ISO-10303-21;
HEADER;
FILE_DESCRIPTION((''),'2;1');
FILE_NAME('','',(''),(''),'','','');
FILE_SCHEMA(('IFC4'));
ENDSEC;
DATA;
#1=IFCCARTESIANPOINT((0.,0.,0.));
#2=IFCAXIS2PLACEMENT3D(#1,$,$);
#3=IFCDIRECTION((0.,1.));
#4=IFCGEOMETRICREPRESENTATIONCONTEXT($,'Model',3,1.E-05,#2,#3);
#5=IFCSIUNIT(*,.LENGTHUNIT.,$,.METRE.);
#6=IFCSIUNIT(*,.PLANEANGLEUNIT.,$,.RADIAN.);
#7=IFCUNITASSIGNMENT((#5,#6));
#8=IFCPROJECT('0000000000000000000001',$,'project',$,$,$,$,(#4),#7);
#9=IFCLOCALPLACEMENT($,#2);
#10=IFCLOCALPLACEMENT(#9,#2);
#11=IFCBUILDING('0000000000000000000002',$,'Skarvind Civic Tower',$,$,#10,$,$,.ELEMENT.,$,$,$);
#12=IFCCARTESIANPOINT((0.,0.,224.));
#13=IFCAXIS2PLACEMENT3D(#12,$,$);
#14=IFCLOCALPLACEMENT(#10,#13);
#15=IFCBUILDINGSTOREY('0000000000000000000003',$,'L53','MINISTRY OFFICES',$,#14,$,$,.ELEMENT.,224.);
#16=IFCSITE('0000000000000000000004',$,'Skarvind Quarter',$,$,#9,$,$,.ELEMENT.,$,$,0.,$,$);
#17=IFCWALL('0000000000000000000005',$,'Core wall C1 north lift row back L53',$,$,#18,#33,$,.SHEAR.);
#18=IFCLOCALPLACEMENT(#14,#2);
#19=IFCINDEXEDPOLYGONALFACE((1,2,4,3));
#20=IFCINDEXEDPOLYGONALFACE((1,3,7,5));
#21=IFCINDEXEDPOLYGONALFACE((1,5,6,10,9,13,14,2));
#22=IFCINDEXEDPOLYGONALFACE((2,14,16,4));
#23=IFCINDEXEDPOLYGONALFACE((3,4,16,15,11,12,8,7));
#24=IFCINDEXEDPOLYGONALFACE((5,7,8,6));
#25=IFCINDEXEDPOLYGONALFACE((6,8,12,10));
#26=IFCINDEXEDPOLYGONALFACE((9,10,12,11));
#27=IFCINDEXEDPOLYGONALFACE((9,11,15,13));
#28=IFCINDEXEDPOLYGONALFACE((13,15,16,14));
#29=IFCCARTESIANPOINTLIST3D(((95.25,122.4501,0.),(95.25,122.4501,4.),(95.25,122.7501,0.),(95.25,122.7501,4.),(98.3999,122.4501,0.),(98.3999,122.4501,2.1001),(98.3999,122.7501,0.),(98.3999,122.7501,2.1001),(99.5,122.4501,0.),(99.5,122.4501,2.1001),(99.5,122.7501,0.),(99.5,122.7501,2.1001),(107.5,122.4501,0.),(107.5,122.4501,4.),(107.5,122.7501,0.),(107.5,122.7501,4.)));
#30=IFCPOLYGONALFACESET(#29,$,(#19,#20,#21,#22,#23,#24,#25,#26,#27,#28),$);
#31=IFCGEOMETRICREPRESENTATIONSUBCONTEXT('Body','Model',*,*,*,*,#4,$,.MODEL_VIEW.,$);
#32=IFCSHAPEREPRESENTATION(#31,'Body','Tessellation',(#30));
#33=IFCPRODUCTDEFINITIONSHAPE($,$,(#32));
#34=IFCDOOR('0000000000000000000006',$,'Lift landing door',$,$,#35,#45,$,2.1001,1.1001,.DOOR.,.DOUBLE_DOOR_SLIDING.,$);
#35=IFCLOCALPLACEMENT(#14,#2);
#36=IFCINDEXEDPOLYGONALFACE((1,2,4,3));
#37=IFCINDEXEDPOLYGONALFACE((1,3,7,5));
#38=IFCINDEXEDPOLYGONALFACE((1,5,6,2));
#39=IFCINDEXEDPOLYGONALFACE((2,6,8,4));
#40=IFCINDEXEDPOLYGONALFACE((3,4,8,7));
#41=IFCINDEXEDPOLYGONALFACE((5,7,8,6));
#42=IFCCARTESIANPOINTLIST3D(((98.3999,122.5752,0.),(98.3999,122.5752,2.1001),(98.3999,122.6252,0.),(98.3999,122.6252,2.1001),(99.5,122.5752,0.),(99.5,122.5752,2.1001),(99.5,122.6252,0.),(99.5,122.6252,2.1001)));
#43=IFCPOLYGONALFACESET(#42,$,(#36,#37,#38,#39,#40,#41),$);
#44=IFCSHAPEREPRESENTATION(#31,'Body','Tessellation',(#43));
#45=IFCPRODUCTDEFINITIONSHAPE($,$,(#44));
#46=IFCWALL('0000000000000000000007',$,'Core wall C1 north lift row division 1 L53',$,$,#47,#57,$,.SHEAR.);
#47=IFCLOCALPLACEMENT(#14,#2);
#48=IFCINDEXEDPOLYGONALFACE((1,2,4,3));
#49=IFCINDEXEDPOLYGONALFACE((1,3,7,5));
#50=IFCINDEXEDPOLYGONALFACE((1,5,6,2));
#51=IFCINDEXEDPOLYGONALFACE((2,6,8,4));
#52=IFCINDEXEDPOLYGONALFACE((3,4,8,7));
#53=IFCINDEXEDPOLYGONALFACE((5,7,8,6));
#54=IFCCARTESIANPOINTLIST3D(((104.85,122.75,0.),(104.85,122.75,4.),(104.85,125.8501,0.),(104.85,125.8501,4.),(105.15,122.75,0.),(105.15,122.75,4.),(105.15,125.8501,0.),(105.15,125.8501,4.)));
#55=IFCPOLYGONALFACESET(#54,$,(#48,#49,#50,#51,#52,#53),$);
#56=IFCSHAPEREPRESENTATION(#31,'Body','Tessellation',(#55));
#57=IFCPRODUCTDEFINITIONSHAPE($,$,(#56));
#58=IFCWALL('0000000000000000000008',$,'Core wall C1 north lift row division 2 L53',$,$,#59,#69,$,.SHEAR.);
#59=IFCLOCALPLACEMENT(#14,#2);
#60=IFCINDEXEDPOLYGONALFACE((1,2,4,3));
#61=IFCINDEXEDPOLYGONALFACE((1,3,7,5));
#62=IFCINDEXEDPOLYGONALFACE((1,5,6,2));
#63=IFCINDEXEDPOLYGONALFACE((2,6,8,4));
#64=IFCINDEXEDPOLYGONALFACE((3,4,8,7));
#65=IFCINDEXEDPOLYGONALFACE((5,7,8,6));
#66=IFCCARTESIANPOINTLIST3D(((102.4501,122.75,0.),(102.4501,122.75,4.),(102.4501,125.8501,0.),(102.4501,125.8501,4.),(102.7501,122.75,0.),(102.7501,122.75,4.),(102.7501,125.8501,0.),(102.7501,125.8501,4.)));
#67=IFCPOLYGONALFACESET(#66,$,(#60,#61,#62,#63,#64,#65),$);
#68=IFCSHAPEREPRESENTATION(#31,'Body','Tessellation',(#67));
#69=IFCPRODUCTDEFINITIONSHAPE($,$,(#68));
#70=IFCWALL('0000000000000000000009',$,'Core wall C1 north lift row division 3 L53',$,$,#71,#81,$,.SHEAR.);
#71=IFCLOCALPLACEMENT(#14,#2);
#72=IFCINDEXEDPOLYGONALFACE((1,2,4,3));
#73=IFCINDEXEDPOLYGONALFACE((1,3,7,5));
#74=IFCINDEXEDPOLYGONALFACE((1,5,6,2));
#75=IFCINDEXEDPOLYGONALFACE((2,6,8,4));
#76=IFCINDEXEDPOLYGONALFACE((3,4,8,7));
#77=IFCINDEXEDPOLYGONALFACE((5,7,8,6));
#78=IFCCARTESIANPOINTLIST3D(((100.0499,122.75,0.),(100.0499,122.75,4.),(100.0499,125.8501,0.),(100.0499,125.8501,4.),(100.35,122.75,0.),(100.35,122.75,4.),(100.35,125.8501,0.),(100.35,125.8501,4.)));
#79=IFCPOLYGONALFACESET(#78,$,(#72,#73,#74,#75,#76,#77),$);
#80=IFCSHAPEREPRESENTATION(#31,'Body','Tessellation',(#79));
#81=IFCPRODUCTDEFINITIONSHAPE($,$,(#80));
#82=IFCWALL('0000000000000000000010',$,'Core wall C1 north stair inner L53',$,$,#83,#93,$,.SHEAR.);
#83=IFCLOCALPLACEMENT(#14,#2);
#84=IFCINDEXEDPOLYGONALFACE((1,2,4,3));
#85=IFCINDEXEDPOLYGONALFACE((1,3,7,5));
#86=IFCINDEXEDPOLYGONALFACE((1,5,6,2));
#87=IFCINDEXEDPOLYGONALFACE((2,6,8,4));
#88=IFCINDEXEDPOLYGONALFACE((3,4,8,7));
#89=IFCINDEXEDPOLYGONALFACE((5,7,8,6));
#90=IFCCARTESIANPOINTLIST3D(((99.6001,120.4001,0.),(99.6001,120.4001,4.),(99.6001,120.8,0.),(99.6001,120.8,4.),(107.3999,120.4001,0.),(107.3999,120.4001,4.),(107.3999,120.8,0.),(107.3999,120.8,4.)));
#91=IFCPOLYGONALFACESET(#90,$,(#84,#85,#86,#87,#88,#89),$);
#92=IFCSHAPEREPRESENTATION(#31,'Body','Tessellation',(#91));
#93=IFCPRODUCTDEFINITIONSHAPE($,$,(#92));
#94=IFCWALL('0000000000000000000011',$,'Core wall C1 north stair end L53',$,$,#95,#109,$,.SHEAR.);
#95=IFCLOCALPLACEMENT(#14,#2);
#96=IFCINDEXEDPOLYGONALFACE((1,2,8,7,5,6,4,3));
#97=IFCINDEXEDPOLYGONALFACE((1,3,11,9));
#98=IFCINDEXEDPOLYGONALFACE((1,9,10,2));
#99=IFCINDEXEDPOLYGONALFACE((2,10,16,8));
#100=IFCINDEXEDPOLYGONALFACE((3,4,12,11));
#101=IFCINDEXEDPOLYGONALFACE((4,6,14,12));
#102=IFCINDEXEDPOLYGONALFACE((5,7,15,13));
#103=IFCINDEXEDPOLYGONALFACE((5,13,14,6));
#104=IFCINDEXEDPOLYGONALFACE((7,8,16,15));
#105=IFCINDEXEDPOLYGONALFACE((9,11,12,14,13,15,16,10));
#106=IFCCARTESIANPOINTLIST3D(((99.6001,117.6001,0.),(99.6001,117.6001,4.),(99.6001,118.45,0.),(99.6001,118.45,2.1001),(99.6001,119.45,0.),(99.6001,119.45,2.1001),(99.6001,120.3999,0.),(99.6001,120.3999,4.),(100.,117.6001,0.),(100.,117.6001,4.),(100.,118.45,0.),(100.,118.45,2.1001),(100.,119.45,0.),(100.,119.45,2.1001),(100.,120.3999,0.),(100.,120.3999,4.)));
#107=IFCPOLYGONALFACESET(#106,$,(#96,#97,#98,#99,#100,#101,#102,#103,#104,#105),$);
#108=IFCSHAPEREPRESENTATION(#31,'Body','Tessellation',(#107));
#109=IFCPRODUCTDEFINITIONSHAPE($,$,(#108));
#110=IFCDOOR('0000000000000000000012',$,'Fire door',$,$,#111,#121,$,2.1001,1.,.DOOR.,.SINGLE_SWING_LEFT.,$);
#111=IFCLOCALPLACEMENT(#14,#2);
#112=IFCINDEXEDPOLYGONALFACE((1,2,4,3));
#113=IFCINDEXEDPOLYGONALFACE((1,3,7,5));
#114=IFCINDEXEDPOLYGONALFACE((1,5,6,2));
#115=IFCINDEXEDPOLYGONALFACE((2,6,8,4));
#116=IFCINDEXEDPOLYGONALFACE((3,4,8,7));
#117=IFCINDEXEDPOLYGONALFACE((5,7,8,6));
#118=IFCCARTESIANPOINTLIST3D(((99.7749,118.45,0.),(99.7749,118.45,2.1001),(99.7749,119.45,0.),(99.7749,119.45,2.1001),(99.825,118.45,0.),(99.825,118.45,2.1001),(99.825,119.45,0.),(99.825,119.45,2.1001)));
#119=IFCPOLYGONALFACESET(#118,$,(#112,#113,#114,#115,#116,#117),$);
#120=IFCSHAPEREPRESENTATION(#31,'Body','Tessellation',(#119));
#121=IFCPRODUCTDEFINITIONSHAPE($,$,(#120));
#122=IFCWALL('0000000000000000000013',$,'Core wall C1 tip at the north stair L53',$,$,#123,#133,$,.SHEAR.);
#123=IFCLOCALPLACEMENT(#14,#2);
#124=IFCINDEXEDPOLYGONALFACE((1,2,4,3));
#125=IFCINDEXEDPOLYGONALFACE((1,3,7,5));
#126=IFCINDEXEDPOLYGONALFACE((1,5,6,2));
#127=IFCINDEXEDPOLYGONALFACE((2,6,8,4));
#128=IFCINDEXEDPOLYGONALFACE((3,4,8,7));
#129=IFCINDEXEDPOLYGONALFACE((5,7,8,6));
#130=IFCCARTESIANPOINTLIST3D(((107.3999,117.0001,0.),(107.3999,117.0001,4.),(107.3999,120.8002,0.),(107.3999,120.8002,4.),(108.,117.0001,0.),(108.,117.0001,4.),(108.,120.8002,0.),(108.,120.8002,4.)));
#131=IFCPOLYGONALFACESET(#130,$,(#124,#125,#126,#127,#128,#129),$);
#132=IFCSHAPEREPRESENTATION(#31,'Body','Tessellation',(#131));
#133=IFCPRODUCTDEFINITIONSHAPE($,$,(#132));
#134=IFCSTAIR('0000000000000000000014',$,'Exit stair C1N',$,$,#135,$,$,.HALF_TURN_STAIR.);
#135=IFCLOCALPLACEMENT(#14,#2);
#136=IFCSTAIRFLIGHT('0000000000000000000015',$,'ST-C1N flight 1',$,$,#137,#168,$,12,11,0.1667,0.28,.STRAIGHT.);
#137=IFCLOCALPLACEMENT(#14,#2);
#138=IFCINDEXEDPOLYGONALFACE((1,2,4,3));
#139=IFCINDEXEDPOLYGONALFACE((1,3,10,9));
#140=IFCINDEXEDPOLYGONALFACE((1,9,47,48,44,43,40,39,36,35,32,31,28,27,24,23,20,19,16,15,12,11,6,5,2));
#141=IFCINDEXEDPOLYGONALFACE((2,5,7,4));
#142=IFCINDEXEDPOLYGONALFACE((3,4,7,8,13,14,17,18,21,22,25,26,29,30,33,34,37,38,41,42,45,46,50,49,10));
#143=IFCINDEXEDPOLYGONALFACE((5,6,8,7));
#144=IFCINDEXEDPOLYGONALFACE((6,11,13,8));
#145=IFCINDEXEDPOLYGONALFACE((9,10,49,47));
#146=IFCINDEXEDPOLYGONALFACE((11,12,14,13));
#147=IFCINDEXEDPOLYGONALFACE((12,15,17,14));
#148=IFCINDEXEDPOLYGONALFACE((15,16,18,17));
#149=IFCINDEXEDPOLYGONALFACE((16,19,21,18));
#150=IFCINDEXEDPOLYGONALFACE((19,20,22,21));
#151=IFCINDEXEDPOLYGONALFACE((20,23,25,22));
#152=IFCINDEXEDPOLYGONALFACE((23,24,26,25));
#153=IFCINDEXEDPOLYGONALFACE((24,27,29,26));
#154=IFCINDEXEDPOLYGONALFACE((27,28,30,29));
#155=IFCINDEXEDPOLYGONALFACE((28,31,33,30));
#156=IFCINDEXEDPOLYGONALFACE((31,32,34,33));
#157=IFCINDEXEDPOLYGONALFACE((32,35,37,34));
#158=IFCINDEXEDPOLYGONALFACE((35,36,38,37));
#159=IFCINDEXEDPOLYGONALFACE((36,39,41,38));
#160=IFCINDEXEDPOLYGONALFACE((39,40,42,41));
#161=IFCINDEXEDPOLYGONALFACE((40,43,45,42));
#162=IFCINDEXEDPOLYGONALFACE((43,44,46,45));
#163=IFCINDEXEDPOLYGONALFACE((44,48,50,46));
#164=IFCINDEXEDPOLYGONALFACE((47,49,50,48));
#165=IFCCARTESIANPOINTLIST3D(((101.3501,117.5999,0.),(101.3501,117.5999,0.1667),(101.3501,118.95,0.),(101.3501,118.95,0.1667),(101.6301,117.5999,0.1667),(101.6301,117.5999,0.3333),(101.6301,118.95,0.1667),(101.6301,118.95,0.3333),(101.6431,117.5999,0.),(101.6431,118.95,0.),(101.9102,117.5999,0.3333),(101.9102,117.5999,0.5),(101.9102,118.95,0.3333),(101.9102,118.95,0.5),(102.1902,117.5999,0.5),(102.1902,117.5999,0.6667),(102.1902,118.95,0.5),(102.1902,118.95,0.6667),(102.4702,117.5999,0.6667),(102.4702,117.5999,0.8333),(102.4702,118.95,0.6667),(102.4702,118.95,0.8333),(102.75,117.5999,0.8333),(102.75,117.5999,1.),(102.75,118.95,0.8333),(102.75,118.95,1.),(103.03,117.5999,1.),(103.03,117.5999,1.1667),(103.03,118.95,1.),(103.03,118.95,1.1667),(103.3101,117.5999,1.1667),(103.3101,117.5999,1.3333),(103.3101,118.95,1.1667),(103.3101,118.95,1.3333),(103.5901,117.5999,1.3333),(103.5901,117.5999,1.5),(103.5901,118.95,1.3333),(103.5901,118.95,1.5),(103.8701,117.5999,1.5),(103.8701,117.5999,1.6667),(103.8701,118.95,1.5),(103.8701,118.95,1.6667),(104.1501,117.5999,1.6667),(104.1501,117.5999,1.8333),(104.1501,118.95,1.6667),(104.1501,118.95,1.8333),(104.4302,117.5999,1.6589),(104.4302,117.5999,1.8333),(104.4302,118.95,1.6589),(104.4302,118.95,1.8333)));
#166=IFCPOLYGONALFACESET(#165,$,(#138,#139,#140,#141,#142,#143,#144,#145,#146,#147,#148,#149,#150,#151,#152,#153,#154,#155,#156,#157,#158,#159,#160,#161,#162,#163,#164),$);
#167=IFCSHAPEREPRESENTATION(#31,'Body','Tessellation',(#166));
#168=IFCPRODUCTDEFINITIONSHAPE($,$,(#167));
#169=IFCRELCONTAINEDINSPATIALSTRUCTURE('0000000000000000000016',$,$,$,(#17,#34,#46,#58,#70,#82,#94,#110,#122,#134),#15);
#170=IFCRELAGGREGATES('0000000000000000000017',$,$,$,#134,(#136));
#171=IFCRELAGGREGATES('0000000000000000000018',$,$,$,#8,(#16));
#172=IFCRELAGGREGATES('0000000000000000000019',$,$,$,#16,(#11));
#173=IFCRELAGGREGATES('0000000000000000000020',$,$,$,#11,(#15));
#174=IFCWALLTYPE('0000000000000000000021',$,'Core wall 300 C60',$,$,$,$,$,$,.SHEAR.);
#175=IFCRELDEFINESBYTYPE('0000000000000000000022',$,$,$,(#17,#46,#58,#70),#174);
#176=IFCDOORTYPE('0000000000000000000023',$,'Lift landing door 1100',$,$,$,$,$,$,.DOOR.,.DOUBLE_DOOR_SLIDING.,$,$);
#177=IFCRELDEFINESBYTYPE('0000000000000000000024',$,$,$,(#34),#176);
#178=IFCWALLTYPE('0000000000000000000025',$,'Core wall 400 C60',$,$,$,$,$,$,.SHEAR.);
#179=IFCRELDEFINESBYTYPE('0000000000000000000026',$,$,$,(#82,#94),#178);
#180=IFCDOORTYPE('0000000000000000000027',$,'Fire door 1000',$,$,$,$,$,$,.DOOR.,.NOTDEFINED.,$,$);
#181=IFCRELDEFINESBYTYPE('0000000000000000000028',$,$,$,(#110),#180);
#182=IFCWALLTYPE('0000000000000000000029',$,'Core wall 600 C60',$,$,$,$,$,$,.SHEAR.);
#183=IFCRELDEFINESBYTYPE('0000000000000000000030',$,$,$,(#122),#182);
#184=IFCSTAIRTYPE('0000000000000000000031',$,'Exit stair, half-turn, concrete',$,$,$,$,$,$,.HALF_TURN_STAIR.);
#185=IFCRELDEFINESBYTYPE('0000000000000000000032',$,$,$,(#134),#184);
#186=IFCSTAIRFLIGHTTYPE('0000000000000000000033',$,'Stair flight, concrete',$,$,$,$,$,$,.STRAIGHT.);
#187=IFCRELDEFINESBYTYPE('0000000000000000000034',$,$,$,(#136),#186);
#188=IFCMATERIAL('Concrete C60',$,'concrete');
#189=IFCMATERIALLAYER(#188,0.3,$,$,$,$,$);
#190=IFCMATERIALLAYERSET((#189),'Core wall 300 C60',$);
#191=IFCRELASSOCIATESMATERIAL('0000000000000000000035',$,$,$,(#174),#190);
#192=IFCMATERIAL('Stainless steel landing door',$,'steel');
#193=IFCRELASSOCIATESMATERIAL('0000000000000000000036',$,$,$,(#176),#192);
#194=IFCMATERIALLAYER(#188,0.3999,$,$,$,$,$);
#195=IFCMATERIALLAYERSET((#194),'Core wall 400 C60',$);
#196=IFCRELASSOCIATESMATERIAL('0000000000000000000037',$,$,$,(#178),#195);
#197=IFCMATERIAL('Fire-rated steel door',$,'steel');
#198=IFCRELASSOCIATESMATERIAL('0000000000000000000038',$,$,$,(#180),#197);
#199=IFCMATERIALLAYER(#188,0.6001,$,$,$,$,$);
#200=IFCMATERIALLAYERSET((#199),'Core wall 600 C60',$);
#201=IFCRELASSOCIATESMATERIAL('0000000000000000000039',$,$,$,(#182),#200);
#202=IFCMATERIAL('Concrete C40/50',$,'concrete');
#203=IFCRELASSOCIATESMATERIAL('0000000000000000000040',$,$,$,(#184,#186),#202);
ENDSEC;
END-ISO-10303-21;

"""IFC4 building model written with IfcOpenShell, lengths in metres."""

from ifc_helpers import new_model, si_unit, direction, frame, frame_2d, origin, place, context, subcontext, project, spatial, polyline, rectangle, outline, extrude, material, layer, layer_set, type_object, element, fill, aggregate, save


model = new_model("IFC4")

# Units and contexts
model_context = context("Model", 3, precision=1e-05, world=origin(), true_north=direction((0.0, 1.0)))
body_context = subcontext(model_context, "Body", "Model", "MODEL_VIEW")
ifc_project = project(units=[si_unit("LENGTHUNIT", "METRE"), si_unit("PLANEANGLEUNIT", "RADIAN")], contexts=[model_context])

# Site, building, storey
site_placement = place(None, origin())
site = spatial("IfcSite", under=ifc_project, at=site_placement, Name="Skarvind Quarter", CompositionType="ELEMENT", RefElevation=0.0)
building_placement = place(site_placement, origin())
building = spatial("IfcBuilding", under=site, at=building_placement, Name="Skarvind Civic Tower", CompositionType="ELEMENT")
storey_placement = place(building_placement, frame((0.0, 0.0, 224.0)))
storey = spatial("IfcBuildingStorey", under=building, at=storey_placement, Name="L53", Description="MINISTRY OFFICES", CompositionType="ELEMENT", Elevation=224.0)

# Shared definitions
ifc_material_1 = material(Name="Concrete C60", Category="concrete")
ifc_layer_1 = layer(ifc_material_1, 0.3)
ifc_layer_set_1 = layer_set([ifc_layer_1], Name="Core wall 300 C60")
wall_type_1 = type_object("IfcWallType", Name="Core wall 300 C60", PredefinedType="SHEAR", material=ifc_layer_set_1)
ifc_material_2 = material(Name="Fire-rated steel door", Category="steel")

# Shared definitions
ifc_material_3 = material(Name="Stainless steel landing door", Category="steel")
door_type_1 = type_object("IfcDoorType", Name="Lift landing door 1100", OperationType="DOUBLE_DOOR_SLIDING", PredefinedType="DOOR", material=ifc_material_3)

# Wall, opening, door
wall_1_placement = place(storey_placement, frame((107.5, 122.6001, 0.0), z_axis=(0.0, 0.0, 1.0), x_axis=(-1.0, 0.0, 0.0)))
wall_1 = element("IfcWall", 1, at=wall_1_placement, inside=storey, type_object=wall_type_1, Name="Core wall C1 north lift row back L53", PredefinedType="SHEAR", context=body_context, shape_type="SweptSolid", body=[
    extrude(rectangle(XDim=12.25, YDim=0.3, at=frame_2d((6.125, 0.0))), origin(), (0.0, 0.0, 1.0), 4.0),
])
opening_1_placement = place(wall_1_placement, frame((8.0, 0.0, 0.0)))
opening_1 = element("IfcOpeningElement", 2, at=opening_1_placement, cuts=wall_1, PredefinedType="OPENING", context=body_context, shape_type="SweptSolid", body=[
    extrude(rectangle(XDim=1.1001, YDim=2.1001, at=frame_2d((0.55, 1.05))), frame((0.0, 0.1599, 0.0), z_axis=(0.0, -1.0, 0.0), x_axis=(1.0, 0.0, 0.0)), (0.0, 0.0, 1.0), 0.3201),
])
door_1_placement = place(opening_1_placement, origin())
door_1 = element("IfcDoor", 3, at=door_1_placement, inside=storey, type_object=door_type_1, Name="Lift landing door", OperationType="DOUBLE_DOOR_SLIDING", OverallHeight=2.1001, OverallWidth=1.1001, PredefinedType="DOOR", context=body_context, shape_type="SweptSolid", body=[
    extrude(rectangle(XDim=1.1001, YDim=2.1001, at=frame_2d((0.55, 1.05))), frame((0.0, 0.0249, 0.0), z_axis=(0.0, -1.0, 0.0), x_axis=(1.0, 0.0, 0.0)), (0.0, 0.0, 1.0), 0.05),
])
fill(opening_1, door_1)

# Walls
for number, where, z_axis, x_axis, name in (
    (4, (105.0, 125.8501, 0.0), (0.0, 0.0, 1.0), (0.0, -1.0, 0.0), "Core wall C1 north lift row division 1 L53"),
    (5, (102.6001, 125.8501, 0.0), (0.0, 0.0, 1.0), (0.0, -1.0, 0.0), "Core wall C1 north lift row division 2 L53"),
    (6, (100.2, 125.8501, 0.0), (0.0, 0.0, 1.0), (0.0, -1.0, 0.0), "Core wall C1 north lift row division 3 L53"),
):
    element("IfcWall", number, at=place(storey_placement, frame(where, z_axis=z_axis, x_axis=x_axis)), inside=storey, type_object=wall_type_1, Name=name, PredefinedType="SHEAR", context=body_context, shape_type="SweptSolid", body=[
        extrude(rectangle(XDim=3.1001, YDim=0.3, at=frame_2d((1.55, 0.0))), origin(), (0.0, 0.0, 1.0), 4.0),
    ])
ifc_layer_2 = layer(ifc_material_1, 0.3999)
ifc_layer_set_2 = layer_set([ifc_layer_2], Name="Core wall 400 C60")
wall_type_2 = type_object("IfcWallType", Name="Core wall 400 C60", PredefinedType="SHEAR", material=ifc_layer_set_2)
wall_2_placement = place(storey_placement, frame((107.3999, 120.6001, 0.0), z_axis=(0.0, 0.0, 1.0), x_axis=(-1.0, 0.0, 0.0)))
element("IfcWall", 7, at=wall_2_placement, inside=storey, type_object=wall_type_2, Name="Core wall C1 north stair inner L53", PredefinedType="SHEAR", context=body_context, shape_type="SweptSolid", body=[
    extrude(rectangle(XDim=7.7998, YDim=0.3999, at=frame_2d((3.8999, 0.0))), origin(), (0.0, 0.0, 1.0), 4.0),
])

# Wall, opening, door
wall_3_placement = place(storey_placement, frame((99.8, 120.3999, 0.0), z_axis=(0.0, 0.0, 1.0), x_axis=(0.0, -1.0, 0.0)))
wall_3 = element("IfcWall", 8, at=wall_3_placement, inside=storey, type_object=wall_type_2, Name="Core wall C1 north stair end L53", PredefinedType="SHEAR", context=body_context, shape_type="SweptSolid", body=[
    extrude(rectangle(XDim=2.7998, YDim=0.3999, at=frame_2d((1.3999, 0.0))), origin(), (0.0, 0.0, 1.0), 4.0),
])
opening_2_placement = place(wall_3_placement, frame((0.95, 0.0, 0.0)))
opening_2 = element("IfcOpeningElement", 9, at=opening_2_placement, cuts=wall_3, PredefinedType="OPENING", context=body_context, shape_type="SweptSolid", body=[
    extrude(rectangle(XDim=1.0, YDim=2.1001, at=frame_2d((0.5, 1.05))), frame((0.0, 0.21, 0.0), z_axis=(0.0, -1.0, 0.0), x_axis=(1.0, 0.0, 0.0)), (0.0, 0.0, 1.0), 0.4199),
])
door_type_2 = type_object("IfcDoorType", Name="Fire door 1000", OperationType="NOTDEFINED", PredefinedType="DOOR", material=ifc_material_2)
door_2_placement = place(opening_2_placement, origin())
door_2 = element("IfcDoor", 10, at=door_2_placement, inside=storey, type_object=door_type_2, Name="Fire door", OperationType="SINGLE_SWING_LEFT", OverallHeight=2.1001, OverallWidth=1.0, PredefinedType="DOOR", context=body_context, shape_type="SweptSolid", body=[
    extrude(rectangle(XDim=1.0, YDim=2.1001, at=frame_2d((0.5, 1.05))), frame((0.0, 0.0249, 0.0), z_axis=(0.0, -1.0, 0.0), x_axis=(1.0, 0.0, 0.0)), (0.0, 0.0, 1.0), 0.05),
])
fill(opening_2, door_2)

# Wall
ifc_layer_3 = layer(ifc_material_1, 0.6001)
ifc_layer_set_3 = layer_set([ifc_layer_3], Name="Core wall 600 C60")
wall_type_3 = type_object("IfcWallType", Name="Core wall 600 C60", PredefinedType="SHEAR", material=ifc_layer_set_3)
wall_4_placement = place(storey_placement, frame((107.7, 120.8, 0.0), z_axis=(0.0, 0.0, 1.0), x_axis=(0.0, -1.0, 0.0)))
element("IfcWall", 11, at=wall_4_placement, inside=storey, type_object=wall_type_3, Name="Core wall C1 tip at the north stair L53", PredefinedType="SHEAR", context=body_context, shape_type="SweptSolid", body=[
    extrude(rectangle(XDim=3.8, YDim=0.6001, at=frame_2d((1.8999, 0.0))), origin(), (0.0, 0.0, 1.0), 4.0),
])

# Stair, stair flight
ifc_material_4 = material(Name="Concrete C40/50", Category="concrete")
stair_type = type_object("IfcStairType", Name="Exit stair, half-turn, concrete", PredefinedType="HALF_TURN_STAIR", material=ifc_material_4)
stair_placement = place(storey_placement, origin())
stair = element("IfcStair", 12, at=stair_placement, inside=storey, type_object=stair_type, Name="Exit stair C1N", PredefinedType="HALF_TURN_STAIR")
stair_flight_type = type_object("IfcStairFlightType", Name="Stair flight, concrete", PredefinedType="STRAIGHT", material=ifc_material_4)
stair_flight_1_placement = place(storey_placement, frame((101.3501, 118.2749, 0.0), z_axis=(0.0, 0.0, 1.0), x_axis=(1.0, 0.0, 0.0)))
stair_flight_1 = element("IfcStairFlight", 13, at=stair_flight_1_placement, type_object=stair_flight_type, Name="ST-C1N flight 1", NumberOfRisers=12, NumberOfTreads=11, PredefinedType="STRAIGHT", RiserHeight=0.1667, TreadLength=0.28, context=body_context, shape_type="SweptSolid", body=[
    extrude(outline(polyline([(0.0, 0.0), (0.0, 0.1667), (0.28, 0.1667), (0.28, 0.3333), (0.5601, 0.3333), (0.5601, 0.5), (0.8401, 0.5), (0.8401, 0.6667), (1.1201, 0.6667), (1.1201, 0.8333), (1.3999, 0.8333), (1.3999, 1.0), (1.6799, 1.0), (1.6799, 1.1667), (1.96, 1.1667), (1.96, 1.3333), (2.24, 1.3333), (2.24, 1.5), (2.52, 1.5), (2.52, 1.6667), (2.8, 1.6667), (2.8, 1.8333), (3.0801, 1.8333), (3.0801, 2.0), (3.0801, 1.6589), (0.293, 0.0), (0.0, 0.0)])), frame((0.0, 0.675, 0.0), z_axis=(0.0, -1.0, 0.0), x_axis=(1.0, 0.0, 0.0)), (0.0, 0.0, 1.0), 1.3501),
])
aggregate(stair, [stair_flight_1])

save(model, "model.ifc")
